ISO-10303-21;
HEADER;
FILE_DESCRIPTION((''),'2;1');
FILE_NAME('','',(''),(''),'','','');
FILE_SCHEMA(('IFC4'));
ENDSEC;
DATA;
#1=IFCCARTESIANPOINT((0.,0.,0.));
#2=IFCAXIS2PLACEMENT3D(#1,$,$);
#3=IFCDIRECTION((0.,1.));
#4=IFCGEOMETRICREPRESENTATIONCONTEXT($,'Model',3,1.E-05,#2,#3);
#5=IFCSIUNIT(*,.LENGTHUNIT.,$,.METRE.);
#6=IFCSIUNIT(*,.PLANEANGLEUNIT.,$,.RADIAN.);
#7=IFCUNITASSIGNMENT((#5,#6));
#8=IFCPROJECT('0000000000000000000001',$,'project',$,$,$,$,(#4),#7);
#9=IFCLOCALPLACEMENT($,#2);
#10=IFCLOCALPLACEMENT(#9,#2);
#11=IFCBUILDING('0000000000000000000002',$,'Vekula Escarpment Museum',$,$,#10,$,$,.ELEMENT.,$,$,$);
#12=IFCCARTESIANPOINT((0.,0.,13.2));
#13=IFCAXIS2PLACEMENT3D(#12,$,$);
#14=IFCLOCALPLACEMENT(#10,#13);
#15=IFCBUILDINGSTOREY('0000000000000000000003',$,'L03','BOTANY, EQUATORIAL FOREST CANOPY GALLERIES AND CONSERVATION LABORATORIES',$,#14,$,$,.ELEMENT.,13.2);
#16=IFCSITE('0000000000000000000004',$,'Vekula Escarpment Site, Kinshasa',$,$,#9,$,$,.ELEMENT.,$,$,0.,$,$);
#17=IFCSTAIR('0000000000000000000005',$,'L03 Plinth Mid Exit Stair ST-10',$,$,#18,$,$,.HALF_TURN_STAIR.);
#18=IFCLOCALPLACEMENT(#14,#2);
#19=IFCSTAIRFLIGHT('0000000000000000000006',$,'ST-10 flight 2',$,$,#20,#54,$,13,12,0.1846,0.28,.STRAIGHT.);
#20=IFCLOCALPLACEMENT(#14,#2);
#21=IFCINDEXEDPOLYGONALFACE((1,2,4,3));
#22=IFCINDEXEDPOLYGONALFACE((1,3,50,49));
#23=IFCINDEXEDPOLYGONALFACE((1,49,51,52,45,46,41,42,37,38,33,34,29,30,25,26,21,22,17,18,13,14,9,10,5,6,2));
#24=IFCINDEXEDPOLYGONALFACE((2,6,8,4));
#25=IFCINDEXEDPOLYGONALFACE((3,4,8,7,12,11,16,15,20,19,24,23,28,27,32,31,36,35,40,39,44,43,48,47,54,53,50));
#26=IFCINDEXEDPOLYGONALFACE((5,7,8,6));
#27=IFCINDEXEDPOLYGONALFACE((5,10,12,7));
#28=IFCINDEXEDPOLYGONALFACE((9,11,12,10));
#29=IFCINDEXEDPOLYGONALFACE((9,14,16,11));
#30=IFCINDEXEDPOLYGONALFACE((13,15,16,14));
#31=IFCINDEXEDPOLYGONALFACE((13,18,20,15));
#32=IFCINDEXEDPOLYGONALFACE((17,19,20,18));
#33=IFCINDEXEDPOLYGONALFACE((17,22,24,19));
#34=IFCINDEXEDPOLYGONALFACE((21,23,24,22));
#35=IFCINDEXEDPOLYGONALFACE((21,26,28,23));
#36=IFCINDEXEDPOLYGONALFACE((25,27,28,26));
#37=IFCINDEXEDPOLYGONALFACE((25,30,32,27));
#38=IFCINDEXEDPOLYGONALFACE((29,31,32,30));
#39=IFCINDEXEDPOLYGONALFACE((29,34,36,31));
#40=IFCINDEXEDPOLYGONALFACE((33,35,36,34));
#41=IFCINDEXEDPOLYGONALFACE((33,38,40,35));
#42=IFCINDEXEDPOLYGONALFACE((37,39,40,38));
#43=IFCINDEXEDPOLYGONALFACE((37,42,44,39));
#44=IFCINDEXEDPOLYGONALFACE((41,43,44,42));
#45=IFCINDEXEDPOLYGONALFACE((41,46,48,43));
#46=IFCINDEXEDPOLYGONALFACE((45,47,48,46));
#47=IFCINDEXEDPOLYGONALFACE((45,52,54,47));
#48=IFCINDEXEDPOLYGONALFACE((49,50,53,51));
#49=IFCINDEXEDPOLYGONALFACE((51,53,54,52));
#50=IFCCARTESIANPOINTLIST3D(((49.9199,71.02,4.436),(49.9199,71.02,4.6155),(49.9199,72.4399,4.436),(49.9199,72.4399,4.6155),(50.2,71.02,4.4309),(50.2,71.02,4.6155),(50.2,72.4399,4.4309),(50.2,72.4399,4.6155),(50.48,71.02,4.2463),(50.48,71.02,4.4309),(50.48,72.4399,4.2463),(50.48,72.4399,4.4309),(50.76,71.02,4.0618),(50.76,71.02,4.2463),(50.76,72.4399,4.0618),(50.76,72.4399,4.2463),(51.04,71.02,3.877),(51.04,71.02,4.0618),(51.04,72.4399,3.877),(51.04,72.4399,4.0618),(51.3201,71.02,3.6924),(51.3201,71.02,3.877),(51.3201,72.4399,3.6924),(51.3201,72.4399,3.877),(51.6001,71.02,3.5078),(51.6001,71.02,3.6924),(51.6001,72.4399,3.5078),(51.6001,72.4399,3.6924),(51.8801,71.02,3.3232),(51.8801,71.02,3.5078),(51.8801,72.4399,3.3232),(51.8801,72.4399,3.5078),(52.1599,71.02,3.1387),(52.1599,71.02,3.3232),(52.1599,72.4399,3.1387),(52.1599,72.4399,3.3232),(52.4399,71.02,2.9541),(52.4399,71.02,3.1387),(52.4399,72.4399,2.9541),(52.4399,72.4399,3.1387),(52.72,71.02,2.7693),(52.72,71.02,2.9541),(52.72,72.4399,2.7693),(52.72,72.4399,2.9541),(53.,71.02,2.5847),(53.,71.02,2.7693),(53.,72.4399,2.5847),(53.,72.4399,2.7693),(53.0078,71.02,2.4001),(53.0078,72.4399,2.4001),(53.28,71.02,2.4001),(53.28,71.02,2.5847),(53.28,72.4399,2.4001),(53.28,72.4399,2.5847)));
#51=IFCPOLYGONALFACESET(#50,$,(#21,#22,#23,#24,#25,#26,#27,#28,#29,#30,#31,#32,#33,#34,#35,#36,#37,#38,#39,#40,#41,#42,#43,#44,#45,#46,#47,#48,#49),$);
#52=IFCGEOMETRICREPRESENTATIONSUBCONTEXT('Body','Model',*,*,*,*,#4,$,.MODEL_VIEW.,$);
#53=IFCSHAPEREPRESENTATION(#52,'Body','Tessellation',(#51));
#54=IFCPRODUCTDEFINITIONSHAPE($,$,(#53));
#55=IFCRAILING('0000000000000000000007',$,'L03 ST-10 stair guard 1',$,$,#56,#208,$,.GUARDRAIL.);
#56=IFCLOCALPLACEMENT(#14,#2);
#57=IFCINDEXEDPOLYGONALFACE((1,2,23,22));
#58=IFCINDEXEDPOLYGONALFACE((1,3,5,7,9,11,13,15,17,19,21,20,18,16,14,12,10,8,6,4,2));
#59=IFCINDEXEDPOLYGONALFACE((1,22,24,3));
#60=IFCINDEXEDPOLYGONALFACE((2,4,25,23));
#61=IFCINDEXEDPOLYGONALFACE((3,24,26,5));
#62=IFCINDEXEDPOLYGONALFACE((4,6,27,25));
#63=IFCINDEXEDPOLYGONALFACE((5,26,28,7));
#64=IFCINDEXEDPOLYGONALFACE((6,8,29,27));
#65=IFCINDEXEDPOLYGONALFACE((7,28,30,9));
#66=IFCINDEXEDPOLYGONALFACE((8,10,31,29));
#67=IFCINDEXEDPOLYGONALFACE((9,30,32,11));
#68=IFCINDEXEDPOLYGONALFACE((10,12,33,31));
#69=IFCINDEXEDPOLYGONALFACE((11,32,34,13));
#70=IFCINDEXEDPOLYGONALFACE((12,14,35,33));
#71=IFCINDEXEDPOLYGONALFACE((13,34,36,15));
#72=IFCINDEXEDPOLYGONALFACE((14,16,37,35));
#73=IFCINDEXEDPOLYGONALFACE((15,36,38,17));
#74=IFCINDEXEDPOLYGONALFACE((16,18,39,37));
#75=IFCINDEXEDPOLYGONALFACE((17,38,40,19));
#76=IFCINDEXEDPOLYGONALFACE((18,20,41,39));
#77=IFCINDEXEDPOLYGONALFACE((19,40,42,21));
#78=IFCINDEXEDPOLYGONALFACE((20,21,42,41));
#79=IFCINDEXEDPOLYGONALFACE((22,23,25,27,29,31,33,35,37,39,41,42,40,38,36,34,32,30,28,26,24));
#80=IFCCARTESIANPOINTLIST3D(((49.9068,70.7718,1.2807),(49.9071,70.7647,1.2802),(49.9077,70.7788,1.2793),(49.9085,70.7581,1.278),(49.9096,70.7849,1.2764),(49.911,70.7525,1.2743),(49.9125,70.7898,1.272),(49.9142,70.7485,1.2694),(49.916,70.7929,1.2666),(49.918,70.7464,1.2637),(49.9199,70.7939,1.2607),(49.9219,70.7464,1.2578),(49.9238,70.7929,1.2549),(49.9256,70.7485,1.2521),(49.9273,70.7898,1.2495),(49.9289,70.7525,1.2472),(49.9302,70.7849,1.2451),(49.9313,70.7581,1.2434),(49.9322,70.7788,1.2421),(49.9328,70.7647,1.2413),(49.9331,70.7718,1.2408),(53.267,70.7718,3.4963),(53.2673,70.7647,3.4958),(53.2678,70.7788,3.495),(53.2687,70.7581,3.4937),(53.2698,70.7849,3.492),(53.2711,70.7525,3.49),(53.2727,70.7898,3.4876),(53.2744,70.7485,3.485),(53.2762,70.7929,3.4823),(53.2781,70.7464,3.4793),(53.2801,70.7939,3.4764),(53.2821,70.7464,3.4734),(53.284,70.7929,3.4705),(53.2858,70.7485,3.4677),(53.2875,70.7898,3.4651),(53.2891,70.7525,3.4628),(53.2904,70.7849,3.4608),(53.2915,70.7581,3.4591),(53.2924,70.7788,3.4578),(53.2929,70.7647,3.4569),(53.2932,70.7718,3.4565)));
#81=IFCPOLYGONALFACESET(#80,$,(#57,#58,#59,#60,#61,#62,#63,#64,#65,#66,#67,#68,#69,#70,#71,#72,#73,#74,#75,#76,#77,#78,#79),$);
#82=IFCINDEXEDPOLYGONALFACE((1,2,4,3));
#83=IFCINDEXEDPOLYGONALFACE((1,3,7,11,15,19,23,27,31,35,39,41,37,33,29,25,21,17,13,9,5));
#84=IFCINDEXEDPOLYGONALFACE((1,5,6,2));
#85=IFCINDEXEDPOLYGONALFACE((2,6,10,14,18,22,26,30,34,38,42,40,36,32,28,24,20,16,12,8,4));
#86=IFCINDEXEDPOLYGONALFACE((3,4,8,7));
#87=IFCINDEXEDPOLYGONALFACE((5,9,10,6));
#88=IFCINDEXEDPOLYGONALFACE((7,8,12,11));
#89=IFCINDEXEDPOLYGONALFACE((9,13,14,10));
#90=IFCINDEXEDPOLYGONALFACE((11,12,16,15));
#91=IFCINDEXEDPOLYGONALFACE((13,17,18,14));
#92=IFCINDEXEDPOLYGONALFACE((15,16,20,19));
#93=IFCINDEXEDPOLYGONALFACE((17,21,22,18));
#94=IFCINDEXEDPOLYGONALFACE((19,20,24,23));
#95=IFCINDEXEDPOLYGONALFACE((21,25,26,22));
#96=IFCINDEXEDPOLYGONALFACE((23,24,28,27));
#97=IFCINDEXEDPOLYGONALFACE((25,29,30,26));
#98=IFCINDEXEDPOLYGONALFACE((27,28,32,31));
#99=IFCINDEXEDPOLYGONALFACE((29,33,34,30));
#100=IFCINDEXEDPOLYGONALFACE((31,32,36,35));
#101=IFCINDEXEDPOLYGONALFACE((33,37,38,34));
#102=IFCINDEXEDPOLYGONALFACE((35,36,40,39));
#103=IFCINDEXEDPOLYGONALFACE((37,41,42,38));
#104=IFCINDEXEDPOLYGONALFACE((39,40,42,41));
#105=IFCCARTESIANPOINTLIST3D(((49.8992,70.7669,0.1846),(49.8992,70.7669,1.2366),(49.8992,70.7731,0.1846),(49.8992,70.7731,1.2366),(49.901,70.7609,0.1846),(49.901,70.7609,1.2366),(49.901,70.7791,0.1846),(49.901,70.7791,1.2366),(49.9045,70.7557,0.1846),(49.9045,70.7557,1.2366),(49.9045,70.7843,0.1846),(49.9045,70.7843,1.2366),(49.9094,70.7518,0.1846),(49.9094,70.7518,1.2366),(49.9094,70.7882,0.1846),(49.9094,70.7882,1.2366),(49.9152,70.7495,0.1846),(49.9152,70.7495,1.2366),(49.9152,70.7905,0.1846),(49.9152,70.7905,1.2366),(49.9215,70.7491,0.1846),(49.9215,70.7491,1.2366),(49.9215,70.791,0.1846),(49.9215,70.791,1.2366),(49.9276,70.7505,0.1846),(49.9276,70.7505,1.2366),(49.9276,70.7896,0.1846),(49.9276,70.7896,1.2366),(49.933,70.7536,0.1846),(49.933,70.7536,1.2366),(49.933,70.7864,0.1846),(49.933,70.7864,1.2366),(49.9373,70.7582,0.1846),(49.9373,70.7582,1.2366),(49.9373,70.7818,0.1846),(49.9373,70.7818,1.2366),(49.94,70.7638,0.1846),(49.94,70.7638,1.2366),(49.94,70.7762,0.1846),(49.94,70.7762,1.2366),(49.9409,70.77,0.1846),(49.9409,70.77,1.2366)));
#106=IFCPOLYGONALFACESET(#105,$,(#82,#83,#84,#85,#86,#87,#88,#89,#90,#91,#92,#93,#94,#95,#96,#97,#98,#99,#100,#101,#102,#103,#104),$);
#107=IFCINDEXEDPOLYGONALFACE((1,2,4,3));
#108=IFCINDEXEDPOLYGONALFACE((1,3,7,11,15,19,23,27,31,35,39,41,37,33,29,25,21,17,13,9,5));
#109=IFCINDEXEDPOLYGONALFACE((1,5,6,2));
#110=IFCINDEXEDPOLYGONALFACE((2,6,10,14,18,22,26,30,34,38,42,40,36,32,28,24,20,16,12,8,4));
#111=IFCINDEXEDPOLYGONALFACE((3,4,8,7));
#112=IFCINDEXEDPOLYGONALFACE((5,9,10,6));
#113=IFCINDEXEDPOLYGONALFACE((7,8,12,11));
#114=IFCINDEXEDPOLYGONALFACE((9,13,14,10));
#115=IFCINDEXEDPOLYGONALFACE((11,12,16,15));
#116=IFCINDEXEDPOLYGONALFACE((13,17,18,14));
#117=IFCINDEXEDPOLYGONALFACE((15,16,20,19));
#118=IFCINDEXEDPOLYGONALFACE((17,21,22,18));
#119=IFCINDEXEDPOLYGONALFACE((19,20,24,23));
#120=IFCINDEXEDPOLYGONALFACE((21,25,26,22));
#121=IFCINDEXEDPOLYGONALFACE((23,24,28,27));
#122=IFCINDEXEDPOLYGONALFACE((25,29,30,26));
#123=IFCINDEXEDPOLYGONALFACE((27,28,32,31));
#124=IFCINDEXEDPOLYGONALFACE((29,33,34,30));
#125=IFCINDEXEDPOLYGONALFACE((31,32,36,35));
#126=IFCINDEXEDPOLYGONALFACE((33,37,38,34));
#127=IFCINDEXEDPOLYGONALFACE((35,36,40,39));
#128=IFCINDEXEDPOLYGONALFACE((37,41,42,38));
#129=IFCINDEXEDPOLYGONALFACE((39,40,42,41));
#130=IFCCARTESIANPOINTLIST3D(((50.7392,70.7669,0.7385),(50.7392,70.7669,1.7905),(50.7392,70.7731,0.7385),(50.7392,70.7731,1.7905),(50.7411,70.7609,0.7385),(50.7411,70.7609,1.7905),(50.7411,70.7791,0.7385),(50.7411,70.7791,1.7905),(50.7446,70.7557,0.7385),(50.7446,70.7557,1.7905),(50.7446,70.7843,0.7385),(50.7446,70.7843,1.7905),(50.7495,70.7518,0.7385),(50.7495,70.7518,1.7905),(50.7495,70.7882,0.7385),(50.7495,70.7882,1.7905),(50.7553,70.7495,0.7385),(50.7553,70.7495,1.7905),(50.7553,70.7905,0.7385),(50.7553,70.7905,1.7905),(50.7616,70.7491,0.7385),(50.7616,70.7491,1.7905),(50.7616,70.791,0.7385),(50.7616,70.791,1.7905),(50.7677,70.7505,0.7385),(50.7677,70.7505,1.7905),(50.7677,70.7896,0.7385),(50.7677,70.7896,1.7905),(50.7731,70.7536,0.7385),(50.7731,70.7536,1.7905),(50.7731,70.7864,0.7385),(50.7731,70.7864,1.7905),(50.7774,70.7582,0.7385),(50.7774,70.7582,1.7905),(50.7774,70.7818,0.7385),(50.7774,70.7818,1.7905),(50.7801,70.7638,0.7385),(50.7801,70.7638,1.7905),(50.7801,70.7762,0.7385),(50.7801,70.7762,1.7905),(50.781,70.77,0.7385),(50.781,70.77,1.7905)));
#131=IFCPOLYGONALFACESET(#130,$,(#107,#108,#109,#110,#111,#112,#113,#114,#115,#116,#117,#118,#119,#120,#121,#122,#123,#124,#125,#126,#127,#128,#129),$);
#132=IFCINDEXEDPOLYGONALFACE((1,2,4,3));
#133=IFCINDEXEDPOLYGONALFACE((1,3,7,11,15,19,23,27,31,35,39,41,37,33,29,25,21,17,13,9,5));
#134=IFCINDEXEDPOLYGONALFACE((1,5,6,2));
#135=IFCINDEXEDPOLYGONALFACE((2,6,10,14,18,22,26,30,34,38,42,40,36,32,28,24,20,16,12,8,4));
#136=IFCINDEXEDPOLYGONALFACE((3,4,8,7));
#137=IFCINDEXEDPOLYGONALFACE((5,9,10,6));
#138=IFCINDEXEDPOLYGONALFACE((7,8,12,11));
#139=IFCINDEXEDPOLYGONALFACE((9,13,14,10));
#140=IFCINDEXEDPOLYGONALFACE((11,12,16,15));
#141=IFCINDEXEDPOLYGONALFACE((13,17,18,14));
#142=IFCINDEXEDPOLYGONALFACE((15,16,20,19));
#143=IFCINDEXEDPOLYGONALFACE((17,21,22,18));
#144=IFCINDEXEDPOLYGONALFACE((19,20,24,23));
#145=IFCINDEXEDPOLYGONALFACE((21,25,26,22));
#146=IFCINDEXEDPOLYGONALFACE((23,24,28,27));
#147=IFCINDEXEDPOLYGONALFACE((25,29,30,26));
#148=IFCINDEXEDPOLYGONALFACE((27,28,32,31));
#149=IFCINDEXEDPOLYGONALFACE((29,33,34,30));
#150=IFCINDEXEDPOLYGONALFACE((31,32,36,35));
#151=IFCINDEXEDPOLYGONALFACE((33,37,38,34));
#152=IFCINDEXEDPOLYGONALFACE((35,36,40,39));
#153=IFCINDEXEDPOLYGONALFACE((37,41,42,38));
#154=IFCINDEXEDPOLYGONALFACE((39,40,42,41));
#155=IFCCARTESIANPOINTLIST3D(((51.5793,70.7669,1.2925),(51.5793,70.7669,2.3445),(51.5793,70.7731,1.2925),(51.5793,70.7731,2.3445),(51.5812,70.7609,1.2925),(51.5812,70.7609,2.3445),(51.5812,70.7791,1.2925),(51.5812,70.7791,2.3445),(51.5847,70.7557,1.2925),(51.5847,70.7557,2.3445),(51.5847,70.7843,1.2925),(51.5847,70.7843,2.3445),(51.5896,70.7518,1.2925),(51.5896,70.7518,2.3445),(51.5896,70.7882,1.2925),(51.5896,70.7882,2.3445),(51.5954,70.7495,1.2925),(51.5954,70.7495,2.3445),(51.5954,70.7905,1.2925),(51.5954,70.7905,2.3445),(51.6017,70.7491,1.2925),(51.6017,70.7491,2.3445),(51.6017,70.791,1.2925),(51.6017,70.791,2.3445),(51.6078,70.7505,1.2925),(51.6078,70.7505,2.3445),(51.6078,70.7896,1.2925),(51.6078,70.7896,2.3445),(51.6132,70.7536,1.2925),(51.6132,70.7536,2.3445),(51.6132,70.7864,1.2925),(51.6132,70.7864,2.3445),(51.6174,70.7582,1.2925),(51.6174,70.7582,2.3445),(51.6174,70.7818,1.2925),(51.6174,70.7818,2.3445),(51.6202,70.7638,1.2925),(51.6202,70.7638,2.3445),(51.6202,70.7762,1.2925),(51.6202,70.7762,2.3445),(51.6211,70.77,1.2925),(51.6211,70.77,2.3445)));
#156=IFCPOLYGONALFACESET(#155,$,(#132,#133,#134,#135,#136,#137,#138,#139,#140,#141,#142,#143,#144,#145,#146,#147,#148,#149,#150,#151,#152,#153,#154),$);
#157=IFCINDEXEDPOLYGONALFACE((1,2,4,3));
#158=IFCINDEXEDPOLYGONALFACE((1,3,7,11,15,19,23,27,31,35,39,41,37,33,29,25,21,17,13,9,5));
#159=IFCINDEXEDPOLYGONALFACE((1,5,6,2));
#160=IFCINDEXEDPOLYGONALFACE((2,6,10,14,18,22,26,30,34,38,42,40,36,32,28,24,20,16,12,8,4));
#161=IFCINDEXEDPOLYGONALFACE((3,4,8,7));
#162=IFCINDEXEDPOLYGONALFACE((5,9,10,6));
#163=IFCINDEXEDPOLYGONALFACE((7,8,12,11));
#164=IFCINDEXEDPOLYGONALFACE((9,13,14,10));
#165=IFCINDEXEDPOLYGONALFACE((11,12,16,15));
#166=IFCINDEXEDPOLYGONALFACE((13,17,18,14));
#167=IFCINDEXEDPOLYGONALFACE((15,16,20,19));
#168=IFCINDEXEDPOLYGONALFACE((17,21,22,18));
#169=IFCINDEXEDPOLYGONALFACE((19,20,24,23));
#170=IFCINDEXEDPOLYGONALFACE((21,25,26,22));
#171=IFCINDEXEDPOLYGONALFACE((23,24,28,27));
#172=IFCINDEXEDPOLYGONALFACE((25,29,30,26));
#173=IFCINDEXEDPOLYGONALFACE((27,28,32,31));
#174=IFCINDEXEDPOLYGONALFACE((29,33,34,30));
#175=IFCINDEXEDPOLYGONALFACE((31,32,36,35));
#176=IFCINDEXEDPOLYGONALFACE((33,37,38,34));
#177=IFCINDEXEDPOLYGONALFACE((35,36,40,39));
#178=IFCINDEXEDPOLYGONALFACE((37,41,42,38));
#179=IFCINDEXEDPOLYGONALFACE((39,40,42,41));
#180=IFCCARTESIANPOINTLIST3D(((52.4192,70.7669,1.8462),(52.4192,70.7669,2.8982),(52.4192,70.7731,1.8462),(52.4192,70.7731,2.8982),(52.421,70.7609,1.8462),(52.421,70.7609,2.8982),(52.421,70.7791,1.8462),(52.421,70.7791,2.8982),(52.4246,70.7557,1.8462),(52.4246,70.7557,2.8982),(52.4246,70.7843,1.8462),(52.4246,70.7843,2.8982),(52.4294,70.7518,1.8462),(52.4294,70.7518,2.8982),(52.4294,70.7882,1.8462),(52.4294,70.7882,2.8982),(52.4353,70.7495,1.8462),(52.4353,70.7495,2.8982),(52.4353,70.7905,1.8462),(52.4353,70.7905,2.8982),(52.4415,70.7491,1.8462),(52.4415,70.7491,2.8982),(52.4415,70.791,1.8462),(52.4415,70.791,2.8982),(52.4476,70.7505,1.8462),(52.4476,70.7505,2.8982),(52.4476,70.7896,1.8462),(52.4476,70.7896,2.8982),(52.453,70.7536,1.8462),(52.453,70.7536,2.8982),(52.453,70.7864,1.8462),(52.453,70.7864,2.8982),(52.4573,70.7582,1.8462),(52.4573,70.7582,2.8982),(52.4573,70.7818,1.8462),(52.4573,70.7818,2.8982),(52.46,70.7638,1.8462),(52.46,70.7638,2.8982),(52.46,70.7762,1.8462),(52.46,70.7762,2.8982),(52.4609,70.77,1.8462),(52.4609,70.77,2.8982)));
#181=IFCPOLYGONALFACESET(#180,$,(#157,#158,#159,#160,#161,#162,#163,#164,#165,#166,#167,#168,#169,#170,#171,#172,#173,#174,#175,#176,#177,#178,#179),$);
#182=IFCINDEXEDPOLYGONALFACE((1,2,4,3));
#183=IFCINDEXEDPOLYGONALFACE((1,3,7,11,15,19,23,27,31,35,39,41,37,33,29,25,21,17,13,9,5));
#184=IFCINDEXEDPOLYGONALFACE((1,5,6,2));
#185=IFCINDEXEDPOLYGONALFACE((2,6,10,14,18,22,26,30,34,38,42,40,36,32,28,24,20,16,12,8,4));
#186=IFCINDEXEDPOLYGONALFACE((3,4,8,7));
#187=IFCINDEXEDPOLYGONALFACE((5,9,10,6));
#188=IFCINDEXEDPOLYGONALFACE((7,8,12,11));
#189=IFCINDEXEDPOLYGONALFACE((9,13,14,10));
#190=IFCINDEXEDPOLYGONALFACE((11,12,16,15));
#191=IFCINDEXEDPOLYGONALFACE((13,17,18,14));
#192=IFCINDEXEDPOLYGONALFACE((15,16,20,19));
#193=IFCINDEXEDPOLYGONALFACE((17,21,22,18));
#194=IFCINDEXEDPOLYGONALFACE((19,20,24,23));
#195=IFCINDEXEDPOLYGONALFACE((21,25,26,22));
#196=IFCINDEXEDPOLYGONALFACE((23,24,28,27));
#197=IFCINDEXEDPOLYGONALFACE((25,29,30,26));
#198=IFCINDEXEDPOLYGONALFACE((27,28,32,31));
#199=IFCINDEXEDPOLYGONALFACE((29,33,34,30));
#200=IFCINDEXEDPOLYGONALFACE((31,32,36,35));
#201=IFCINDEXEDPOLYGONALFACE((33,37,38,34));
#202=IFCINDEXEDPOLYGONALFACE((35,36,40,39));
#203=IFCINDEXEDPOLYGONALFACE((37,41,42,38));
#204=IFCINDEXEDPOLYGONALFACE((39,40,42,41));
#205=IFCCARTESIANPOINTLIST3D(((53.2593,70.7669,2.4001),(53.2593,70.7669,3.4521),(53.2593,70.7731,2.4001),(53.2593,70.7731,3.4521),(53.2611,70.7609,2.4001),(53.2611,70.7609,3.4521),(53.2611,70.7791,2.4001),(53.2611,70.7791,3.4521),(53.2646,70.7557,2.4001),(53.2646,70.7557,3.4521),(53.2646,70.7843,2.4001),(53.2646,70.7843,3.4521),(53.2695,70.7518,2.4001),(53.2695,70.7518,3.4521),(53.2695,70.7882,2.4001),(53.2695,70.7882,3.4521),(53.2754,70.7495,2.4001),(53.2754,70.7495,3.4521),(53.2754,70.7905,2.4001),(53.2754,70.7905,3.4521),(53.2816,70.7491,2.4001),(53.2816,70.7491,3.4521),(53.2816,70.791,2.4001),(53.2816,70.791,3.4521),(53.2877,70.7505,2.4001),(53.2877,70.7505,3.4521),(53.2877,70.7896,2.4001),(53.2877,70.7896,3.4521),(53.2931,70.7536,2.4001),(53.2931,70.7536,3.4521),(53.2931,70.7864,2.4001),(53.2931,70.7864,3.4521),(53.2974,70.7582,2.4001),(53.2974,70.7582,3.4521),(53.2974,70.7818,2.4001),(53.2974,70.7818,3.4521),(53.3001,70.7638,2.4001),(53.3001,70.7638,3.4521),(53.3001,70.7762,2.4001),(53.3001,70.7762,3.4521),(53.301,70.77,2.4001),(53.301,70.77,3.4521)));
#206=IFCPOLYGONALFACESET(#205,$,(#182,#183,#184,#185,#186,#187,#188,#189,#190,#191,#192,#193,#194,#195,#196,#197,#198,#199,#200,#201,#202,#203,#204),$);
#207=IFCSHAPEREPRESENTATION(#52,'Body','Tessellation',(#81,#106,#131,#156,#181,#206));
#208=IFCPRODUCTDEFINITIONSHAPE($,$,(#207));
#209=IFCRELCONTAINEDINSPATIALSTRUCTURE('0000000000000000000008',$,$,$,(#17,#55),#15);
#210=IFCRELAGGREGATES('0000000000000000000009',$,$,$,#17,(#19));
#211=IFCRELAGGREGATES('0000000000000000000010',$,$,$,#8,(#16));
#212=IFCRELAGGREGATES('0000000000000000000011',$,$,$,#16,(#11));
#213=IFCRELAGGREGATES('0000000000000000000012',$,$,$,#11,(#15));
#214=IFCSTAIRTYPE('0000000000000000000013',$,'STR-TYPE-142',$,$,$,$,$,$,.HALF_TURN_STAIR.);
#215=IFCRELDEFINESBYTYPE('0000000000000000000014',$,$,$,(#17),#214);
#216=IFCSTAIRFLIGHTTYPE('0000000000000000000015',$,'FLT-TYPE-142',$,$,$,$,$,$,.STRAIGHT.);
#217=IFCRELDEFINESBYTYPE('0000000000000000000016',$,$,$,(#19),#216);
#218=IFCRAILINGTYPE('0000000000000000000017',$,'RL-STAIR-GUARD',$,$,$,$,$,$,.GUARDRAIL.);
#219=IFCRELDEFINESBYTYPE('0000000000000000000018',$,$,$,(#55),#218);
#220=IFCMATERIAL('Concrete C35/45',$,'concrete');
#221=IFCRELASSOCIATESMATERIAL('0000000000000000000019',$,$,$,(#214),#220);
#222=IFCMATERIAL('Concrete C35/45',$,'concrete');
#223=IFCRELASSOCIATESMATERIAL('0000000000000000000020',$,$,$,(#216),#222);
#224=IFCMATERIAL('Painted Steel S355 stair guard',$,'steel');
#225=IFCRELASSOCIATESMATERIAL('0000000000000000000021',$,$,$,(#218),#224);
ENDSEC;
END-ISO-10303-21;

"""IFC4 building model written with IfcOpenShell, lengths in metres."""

from ifc_helpers import new_model, si_unit, direction, frame, origin, origin_2d, place, context, subcontext, project, spatial, polyline, circle, outline, extrude, material, type_object, element, aggregate, save


model = new_model("IFC4")

# Units and contexts
model_context = context("Model", 3, precision=1e-05, world=origin(), true_north=direction((0.0, 1.0)))
body_context = subcontext(model_context, "Body", "Model", "MODEL_VIEW")
ifc_project = project(units=[si_unit("LENGTHUNIT", "METRE"), si_unit("PLANEANGLEUNIT", "RADIAN")], contexts=[model_context])

# Site, building, storey
site_placement = place(None, origin())
site = spatial("IfcSite", under=ifc_project, at=site_placement, Name="Vekula Escarpment Site, Kinshasa", CompositionType="ELEMENT", RefElevation=0.0)
building_placement = place(site_placement, origin())
building = spatial("IfcBuilding", under=site, at=building_placement, Name="Vekula Escarpment Museum", CompositionType="ELEMENT")
storey_placement = place(building_placement, frame((0.0, 0.0, 13.2)))
storey = spatial("IfcBuildingStorey", under=building, at=storey_placement, Name="L03", Description="BOTANY, EQUATORIAL FOREST CANOPY GALLERIES AND CONSERVATION LABORATORIES", CompositionType="ELEMENT", Elevation=13.2)

# Stair, stair flight
ifc_material_1 = material(Name="Concrete C35/45", Category="concrete")
stair_type = type_object("IfcStairType", Name="STR-TYPE-142", PredefinedType="HALF_TURN_STAIR", material=ifc_material_1)
stair_placement = place(storey_placement, origin())
stair = element("IfcStair", 1, at=stair_placement, inside=storey, type_object=stair_type, Name="L03 Plinth Mid Exit Stair ST-10", PredefinedType="HALF_TURN_STAIR")
ifc_material_2 = material(Name="Concrete C35/45", Category="concrete")
stair_flight_type = type_object("IfcStairFlightType", Name="FLT-TYPE-142", PredefinedType="STRAIGHT", material=ifc_material_2)
stair_flight_1_placement = place(storey_placement, frame((53.28, 71.73, 2.4001), z_axis=(0.0, 0.0, 1.0), x_axis=(-1.0, 0.0, 0.0)))
stair_flight_1 = element("IfcStairFlight", 2, at=stair_flight_1_placement, type_object=stair_flight_type, Name="ST-10 flight 2", NumberOfRisers=13, NumberOfTreads=12, PredefinedType="STRAIGHT", RiserHeight=0.1846, TreadLength=0.28, context=body_context, shape_type="SweptSolid", body=[
    extrude(outline(polyline([(0.0, 0.0), (0.0, 0.1846), (0.28, 0.1846), (0.28, 0.3691), (0.5601, 0.3691), (0.5601, 0.554), (0.8401, 0.554), (0.8401, 0.7385), (1.1201, 0.7385), (1.1201, 0.9231), (1.3999, 0.9231), (1.3999, 1.1077), (1.6799, 1.1077), (1.6799, 1.2922), (1.96, 1.2922), (1.96, 1.4768), (2.24, 1.4768), (2.24, 1.6616), (2.52, 1.6616), (2.52, 1.8462), (2.8, 1.8462), (2.8, 2.0308), (3.0801, 2.0308), (3.0801, 2.2153), (3.3601, 2.2153), (3.3601, 2.3999), (3.3601, 2.0359), (0.2722, 0.0), (0.0, 0.0)])), frame((0.0, 0.71, 0.0), z_axis=(0.0, -1.0, 0.0), x_axis=(1.0, 0.0, 0.0)), (0.0, 0.0, 1.0), 1.4199),
])
aggregate(stair, [stair_flight_1])

# Railing
ifc_material_3 = material(Name="Painted Steel S355 stair guard", Category="steel")
railing_type_1 = type_object("IfcRailingType", Name="RL-STAIR-GUARD", PredefinedType="GUARDRAIL", material=ifc_material_3)
railing_1_placement = place(storey_placement, frame((49.9199, 70.77, 0.1846)))
element("IfcRailing", 3, at=railing_1_placement, inside=storey, type_object=railing_type_1, Name="L03 ST-10 stair guard 1", PredefinedType="GUARDRAIL", context=body_context, shape_type="SweptSolid", body=[
    extrude(circle(Radius=0.0239, at=origin_2d()), frame((0.0, 0.0, 1.0762), z_axis=(0.834849, 0.0, 0.55048), x_axis=(0.0, 1.0, 0.0)), (0.0, 0.0, 1.0), 4.0249),
    extrude(circle(Radius=0.021, at=origin_2d()), origin(), (0.0, 0.0, 1.0), 1.052),
    extrude(circle(Radius=0.021, at=origin_2d()), frame((0.8401, 0.0, 0.554)), (0.0, 0.0, 1.0), 1.052),
    extrude(circle(Radius=0.021, at=origin_2d()), frame((1.6802, 0.0, 1.1079)), (0.0, 0.0, 1.0), 1.052),
    extrude(circle(Radius=0.021, at=origin_2d()), frame((2.52, 0.0, 1.6616)), (0.0, 0.0, 1.0), 1.052),
    extrude(circle(Radius=0.021, at=origin_2d()), frame((3.3601, 0.0, 2.2156)), (0.0, 0.0, 1.0), 1.052),
])

save(model, "model.ifc")
